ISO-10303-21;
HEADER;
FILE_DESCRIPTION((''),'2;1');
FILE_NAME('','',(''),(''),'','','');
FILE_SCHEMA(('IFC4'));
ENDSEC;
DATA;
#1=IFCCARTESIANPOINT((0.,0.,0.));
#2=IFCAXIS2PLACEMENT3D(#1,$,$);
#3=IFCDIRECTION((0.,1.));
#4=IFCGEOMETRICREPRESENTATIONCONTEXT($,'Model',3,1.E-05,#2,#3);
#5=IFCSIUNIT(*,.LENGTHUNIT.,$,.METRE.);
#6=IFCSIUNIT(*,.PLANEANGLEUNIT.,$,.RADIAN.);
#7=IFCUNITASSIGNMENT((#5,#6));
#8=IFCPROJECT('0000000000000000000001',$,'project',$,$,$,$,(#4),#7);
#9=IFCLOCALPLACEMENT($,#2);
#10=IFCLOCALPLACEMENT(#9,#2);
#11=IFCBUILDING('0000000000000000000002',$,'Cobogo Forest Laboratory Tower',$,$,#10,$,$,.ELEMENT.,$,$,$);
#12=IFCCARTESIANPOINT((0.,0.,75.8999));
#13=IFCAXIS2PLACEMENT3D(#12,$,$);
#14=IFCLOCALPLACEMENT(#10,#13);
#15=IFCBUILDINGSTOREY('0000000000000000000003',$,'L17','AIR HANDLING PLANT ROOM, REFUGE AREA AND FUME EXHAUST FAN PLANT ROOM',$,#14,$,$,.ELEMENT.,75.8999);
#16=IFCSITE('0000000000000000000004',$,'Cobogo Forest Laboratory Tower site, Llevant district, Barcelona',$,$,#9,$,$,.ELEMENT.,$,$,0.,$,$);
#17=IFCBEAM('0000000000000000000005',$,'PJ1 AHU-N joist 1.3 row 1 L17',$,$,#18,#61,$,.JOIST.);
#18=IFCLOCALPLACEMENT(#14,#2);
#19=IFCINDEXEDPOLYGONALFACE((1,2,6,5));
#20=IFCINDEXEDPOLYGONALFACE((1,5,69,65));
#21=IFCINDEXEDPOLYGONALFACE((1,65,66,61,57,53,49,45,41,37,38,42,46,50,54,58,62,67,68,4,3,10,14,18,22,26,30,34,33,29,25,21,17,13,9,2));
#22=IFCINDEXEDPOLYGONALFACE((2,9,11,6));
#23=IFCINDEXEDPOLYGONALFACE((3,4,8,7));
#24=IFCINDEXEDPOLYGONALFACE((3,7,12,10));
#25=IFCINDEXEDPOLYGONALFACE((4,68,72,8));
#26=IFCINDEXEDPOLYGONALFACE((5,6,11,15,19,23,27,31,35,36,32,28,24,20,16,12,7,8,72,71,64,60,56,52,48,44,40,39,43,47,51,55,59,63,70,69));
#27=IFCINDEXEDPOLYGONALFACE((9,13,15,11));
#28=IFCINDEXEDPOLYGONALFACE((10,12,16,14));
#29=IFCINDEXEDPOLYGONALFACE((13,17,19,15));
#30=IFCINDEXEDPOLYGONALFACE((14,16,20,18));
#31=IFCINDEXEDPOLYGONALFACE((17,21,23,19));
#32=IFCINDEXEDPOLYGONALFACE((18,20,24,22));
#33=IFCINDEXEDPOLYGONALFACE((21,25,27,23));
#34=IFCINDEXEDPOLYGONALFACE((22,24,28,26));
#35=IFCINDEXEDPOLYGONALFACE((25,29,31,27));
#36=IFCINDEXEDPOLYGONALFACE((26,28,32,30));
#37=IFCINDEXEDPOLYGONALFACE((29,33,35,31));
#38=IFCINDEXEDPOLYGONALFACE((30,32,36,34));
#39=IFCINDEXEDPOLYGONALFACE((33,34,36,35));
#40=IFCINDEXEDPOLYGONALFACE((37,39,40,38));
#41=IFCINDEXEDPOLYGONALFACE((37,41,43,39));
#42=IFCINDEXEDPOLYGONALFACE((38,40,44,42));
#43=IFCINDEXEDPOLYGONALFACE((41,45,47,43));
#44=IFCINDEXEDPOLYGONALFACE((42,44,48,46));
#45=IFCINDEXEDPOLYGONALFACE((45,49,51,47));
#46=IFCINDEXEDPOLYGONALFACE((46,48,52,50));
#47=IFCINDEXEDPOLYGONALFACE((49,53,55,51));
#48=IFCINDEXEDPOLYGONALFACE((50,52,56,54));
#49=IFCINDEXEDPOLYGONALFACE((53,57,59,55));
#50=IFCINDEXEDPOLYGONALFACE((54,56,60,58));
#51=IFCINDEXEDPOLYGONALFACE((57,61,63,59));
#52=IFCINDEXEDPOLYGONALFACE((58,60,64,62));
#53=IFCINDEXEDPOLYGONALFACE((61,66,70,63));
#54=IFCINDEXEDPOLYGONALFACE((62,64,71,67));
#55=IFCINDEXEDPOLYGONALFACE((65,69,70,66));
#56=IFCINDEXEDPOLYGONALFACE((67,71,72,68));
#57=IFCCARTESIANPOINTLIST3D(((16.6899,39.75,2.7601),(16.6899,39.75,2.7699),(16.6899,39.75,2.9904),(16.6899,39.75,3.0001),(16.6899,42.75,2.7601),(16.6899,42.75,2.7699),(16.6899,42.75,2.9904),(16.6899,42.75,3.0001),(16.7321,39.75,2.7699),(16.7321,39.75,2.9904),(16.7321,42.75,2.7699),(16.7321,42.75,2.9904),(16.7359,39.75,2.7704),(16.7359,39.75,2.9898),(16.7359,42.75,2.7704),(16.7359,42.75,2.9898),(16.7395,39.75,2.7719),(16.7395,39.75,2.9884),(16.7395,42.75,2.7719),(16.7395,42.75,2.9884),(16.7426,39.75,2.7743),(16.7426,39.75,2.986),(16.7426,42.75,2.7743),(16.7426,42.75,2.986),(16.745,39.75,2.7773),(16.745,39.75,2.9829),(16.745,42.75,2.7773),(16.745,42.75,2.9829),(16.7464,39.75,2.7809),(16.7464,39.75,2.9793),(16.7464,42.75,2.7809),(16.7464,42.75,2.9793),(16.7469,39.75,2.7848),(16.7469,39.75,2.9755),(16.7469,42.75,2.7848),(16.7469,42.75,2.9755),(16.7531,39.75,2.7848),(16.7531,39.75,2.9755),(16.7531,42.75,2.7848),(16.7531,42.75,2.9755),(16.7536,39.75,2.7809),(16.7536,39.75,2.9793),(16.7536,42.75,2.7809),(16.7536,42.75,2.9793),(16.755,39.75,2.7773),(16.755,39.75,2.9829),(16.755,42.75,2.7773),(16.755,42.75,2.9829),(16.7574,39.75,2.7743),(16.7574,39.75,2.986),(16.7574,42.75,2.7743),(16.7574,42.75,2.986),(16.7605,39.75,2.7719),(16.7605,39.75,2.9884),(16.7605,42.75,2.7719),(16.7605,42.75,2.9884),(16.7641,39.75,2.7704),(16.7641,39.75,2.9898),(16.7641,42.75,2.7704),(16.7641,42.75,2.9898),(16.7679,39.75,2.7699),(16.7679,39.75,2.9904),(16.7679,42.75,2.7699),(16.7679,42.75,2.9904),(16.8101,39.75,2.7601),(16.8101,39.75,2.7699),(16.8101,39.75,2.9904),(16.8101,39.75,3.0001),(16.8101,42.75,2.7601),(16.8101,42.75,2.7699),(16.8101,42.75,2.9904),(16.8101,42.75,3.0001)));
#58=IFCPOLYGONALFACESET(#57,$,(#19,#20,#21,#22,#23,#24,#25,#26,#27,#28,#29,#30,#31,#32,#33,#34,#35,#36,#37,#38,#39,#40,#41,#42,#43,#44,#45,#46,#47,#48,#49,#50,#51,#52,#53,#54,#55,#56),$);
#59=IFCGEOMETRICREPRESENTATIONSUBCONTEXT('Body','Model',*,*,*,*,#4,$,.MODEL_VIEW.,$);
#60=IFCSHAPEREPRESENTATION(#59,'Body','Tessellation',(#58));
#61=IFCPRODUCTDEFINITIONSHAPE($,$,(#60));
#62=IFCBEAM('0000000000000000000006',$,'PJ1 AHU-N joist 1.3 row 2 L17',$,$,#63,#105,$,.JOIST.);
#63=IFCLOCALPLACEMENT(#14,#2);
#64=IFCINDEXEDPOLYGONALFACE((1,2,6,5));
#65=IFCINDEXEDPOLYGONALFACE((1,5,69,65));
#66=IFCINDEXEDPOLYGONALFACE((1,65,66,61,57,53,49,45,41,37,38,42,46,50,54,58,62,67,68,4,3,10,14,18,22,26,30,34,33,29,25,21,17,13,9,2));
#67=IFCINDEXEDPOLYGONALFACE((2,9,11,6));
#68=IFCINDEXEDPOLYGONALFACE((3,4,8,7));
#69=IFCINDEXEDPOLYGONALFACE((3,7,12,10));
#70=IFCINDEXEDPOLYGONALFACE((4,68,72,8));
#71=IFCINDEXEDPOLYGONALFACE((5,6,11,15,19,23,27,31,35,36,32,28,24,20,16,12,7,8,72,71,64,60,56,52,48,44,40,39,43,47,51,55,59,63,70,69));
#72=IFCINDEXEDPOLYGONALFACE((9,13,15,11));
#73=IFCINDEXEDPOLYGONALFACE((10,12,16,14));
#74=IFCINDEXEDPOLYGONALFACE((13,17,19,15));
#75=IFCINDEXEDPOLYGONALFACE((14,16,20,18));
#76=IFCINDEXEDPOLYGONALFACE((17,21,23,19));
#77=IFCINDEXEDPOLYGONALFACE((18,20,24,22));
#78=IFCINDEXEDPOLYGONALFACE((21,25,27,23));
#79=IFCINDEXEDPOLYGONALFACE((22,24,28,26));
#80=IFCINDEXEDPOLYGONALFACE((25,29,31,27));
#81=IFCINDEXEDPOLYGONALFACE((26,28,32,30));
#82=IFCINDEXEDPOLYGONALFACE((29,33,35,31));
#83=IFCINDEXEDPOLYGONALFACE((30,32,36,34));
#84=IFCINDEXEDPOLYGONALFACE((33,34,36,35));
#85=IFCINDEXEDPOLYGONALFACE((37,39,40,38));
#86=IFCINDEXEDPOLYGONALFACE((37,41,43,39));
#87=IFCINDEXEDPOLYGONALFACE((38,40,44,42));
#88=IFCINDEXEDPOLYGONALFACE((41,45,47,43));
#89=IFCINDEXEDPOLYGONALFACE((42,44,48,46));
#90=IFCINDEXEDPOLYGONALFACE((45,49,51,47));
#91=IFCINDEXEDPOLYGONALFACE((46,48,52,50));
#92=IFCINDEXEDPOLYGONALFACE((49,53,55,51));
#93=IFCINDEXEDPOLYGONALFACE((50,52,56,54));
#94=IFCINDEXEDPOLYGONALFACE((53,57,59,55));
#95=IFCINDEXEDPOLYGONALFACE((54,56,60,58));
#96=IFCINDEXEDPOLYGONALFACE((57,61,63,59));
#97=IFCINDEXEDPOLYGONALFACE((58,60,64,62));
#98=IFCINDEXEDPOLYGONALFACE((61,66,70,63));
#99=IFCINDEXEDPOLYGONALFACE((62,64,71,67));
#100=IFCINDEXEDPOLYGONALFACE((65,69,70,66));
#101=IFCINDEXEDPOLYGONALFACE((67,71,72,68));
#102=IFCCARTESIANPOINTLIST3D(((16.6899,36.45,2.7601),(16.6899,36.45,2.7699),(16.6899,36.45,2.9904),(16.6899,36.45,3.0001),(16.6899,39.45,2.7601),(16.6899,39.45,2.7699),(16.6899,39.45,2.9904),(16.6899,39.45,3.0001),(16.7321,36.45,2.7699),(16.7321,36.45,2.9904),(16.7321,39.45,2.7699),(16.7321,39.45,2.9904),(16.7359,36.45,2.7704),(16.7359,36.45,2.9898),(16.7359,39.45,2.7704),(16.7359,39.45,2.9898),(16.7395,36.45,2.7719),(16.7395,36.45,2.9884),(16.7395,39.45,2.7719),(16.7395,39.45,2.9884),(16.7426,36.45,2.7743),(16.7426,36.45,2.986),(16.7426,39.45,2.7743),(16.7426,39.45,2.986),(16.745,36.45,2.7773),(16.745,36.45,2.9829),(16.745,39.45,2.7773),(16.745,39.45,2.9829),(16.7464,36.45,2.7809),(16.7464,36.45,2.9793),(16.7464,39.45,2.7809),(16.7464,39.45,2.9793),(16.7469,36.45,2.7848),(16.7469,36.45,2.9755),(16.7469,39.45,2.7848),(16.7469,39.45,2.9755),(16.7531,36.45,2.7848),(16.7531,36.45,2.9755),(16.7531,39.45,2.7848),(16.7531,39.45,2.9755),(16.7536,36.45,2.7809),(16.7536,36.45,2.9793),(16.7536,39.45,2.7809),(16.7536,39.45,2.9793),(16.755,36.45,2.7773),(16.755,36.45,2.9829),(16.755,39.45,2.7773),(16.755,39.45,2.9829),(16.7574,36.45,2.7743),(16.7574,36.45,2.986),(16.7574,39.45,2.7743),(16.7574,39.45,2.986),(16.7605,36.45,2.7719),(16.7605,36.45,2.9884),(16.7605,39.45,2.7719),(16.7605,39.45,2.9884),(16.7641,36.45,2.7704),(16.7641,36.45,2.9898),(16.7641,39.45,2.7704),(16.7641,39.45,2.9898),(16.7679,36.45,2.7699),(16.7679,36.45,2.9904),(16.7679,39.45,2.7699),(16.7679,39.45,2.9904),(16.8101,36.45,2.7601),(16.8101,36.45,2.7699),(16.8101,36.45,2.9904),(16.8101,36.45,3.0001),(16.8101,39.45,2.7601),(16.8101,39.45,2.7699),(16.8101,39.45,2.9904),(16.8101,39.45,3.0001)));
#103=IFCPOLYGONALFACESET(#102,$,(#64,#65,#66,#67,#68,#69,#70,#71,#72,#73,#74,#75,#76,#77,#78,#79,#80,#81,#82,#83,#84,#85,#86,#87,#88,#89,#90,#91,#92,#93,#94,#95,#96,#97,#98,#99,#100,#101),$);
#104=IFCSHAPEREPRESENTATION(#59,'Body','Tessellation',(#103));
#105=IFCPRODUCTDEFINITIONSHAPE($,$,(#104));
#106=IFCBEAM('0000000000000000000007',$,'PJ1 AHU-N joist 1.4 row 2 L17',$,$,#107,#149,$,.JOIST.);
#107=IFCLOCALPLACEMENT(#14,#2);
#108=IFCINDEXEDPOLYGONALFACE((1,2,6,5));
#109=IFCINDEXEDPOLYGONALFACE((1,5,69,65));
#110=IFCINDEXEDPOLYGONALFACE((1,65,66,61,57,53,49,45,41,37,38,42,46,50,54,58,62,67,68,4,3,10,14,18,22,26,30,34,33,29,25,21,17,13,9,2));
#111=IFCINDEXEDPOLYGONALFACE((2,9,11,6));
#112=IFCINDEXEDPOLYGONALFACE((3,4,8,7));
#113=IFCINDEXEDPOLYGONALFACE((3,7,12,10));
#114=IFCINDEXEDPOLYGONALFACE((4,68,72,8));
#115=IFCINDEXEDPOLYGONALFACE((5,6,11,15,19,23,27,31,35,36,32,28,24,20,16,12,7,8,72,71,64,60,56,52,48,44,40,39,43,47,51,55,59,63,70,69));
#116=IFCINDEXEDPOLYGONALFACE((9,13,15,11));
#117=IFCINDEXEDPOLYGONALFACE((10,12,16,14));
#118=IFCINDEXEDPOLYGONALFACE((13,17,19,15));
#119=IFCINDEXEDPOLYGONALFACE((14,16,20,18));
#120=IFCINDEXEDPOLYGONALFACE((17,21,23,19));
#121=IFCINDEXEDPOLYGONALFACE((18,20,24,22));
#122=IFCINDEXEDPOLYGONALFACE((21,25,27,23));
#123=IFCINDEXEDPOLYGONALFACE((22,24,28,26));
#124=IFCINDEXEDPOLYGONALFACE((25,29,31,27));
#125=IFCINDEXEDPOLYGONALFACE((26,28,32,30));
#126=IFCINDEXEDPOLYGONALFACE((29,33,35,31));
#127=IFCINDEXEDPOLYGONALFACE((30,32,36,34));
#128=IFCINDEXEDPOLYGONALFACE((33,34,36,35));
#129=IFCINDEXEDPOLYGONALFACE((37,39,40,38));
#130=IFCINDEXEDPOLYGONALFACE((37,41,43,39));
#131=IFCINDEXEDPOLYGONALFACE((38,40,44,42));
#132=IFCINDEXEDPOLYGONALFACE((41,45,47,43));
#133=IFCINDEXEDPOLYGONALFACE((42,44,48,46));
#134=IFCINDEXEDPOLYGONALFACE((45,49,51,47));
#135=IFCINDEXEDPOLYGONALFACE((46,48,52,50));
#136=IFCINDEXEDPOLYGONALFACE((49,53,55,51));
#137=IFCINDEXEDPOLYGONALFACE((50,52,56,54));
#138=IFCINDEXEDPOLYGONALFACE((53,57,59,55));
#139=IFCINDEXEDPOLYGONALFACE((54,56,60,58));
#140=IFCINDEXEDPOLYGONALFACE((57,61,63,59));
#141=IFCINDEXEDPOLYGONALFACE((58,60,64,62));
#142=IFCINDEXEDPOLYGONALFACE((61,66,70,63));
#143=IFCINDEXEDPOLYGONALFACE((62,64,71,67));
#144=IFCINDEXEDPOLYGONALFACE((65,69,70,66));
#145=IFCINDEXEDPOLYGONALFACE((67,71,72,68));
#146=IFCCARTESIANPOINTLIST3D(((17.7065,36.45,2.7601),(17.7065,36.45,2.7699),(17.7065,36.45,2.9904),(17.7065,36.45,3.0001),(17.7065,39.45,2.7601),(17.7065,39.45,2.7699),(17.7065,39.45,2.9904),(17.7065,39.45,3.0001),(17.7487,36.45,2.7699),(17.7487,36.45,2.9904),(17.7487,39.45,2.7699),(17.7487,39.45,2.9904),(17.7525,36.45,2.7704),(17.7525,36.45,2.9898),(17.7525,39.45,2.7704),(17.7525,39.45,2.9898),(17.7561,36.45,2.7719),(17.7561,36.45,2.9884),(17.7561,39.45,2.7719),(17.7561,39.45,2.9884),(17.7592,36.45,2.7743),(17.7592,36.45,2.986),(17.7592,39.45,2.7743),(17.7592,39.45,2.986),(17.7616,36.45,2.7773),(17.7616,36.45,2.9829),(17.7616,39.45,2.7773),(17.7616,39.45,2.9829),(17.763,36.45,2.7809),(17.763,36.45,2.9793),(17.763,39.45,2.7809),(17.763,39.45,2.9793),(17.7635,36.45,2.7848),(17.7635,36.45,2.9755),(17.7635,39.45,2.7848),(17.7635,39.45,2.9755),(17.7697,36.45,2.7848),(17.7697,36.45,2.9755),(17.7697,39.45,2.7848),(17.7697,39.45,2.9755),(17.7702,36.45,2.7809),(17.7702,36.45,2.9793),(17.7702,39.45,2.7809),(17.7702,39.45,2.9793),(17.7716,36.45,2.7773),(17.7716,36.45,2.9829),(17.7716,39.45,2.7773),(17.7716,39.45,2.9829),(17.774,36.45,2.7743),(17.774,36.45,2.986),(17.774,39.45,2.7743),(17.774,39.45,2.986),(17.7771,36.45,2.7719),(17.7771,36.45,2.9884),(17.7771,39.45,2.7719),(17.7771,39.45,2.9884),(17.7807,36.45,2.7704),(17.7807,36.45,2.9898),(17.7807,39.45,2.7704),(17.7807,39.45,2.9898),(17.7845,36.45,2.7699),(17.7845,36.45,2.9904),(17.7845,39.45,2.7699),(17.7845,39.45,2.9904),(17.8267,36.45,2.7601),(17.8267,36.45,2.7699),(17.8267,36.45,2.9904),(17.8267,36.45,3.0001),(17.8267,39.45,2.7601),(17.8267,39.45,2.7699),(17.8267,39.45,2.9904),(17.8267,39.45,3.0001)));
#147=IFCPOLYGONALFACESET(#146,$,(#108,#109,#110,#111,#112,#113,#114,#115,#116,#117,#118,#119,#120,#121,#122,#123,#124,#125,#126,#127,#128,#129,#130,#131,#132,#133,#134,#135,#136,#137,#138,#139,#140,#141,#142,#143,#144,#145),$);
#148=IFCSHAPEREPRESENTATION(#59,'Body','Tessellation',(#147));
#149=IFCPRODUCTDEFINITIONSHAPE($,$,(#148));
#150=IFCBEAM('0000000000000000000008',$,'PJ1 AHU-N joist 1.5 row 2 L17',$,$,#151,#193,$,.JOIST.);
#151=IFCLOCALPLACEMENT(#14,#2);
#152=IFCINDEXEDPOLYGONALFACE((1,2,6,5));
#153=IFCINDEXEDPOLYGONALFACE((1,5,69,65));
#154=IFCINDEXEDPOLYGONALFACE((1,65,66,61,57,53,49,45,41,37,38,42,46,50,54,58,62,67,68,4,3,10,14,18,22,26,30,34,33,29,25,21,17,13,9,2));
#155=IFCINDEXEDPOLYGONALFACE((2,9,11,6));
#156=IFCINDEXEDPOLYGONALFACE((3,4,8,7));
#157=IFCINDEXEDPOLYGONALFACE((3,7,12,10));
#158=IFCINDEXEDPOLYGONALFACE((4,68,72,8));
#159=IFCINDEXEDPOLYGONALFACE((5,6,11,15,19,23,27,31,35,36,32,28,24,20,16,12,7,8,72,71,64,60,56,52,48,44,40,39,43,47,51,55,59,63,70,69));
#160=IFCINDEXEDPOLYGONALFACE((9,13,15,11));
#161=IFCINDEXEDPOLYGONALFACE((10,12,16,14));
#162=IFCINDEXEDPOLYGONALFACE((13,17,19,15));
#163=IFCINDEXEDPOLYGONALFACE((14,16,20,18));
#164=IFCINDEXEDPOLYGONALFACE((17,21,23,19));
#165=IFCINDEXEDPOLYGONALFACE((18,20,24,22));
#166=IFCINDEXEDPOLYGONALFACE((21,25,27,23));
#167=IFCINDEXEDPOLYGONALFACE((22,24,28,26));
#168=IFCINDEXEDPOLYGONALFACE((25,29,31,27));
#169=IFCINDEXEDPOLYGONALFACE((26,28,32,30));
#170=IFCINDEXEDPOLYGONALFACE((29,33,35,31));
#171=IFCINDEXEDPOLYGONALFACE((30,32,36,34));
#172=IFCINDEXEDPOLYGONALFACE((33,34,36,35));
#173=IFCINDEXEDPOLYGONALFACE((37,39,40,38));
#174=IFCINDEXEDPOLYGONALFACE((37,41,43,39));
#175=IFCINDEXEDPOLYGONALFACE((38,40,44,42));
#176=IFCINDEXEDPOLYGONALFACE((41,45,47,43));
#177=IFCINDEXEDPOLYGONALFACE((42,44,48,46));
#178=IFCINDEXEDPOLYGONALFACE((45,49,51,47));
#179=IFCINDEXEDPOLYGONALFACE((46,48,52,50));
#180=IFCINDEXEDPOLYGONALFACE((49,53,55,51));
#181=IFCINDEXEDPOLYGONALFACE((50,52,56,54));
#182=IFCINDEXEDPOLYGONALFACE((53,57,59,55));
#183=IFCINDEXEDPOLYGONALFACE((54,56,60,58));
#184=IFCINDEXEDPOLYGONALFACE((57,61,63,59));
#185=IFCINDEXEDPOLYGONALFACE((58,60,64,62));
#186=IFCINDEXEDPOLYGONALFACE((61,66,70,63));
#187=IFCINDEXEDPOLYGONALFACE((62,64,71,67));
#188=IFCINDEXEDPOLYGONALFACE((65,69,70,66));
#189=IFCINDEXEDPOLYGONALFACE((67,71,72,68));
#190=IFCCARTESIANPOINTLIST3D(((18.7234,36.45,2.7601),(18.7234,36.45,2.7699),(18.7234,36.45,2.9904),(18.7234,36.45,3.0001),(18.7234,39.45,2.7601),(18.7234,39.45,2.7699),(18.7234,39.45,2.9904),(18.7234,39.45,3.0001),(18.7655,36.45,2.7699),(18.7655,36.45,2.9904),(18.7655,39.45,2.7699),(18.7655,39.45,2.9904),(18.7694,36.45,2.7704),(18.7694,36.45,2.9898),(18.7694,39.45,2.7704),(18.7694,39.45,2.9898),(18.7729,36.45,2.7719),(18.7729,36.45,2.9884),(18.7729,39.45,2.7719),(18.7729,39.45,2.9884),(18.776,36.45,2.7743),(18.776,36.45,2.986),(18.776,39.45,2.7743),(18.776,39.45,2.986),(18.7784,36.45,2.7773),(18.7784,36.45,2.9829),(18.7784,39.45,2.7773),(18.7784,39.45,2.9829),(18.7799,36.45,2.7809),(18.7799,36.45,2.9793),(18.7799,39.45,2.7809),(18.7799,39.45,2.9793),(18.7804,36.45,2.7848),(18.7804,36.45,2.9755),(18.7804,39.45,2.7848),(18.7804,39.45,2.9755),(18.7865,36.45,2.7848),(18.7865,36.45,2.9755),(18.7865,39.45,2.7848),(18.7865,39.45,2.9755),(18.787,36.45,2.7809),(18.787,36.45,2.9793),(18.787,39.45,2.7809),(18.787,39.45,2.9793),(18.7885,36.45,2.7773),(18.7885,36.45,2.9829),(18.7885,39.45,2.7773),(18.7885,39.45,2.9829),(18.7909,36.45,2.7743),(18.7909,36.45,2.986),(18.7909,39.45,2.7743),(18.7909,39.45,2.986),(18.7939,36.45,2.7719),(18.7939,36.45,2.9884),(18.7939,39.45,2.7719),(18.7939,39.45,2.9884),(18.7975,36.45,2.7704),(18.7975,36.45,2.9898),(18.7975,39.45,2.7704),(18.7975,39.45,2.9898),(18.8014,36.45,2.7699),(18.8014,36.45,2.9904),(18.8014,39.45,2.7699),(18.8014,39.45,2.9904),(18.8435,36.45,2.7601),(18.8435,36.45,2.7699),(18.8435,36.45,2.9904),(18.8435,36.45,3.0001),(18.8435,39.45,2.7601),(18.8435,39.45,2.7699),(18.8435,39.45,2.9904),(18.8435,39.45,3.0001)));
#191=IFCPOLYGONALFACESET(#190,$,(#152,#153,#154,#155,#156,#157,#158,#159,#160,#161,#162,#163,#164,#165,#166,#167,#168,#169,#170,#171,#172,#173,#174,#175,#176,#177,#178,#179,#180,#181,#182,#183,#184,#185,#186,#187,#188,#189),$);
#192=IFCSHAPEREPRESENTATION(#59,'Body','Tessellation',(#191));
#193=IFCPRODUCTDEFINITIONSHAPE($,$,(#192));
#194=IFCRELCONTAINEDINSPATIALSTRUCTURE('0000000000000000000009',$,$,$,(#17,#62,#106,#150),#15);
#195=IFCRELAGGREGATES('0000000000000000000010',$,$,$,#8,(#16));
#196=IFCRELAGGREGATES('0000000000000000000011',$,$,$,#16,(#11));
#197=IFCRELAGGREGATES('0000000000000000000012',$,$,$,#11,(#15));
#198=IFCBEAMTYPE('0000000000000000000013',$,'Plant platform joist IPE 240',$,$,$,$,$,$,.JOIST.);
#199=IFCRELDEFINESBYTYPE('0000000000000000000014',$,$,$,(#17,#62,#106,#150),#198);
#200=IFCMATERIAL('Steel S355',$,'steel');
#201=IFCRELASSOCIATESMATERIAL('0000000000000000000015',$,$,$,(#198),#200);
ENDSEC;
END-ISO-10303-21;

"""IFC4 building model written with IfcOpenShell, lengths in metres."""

from ifc_helpers import new_model, si_unit, direction, frame, origin, origin_2d, place, context, subcontext, project, spatial, i_section, extrude, material, material_profile, profile_set, type_object, element, save


model = new_model("IFC4")

# Units and contexts
model_context = context("Model", 3, precision=1e-05, world=origin(), true_north=direction((0.0, 1.0)))
body_context = subcontext(model_context, "Body", "Model", "MODEL_VIEW")
ifc_project = project(units=[si_unit("LENGTHUNIT", "METRE"), si_unit("PLANEANGLEUNIT", "RADIAN")], contexts=[model_context])

# Site, building, storey
site_placement = place(None, origin())
site = spatial("IfcSite", under=ifc_project, at=site_placement, Name="Cobogo Forest Laboratory Tower site, Llevant district, Barcelona", CompositionType="ELEMENT", RefElevation=0.0)
building_placement = place(site_placement, origin())
building = spatial("IfcBuilding", under=site, at=building_placement, Name="Cobogo Forest Laboratory Tower", CompositionType="ELEMENT")
storey_placement = place(building_placement, frame((0.0, 0.0, 75.8999)))
storey = spatial("IfcBuildingStorey", under=building, at=storey_placement, Name="L17", Description="AIR HANDLING PLANT ROOM, REFUGE AREA AND FUME EXHAUST FAN PLANT ROOM", CompositionType="ELEMENT", Elevation=75.8999)

# Beams
ifc_material_1 = material(Name="Steel S355", Category="steel")
ifc_material_profile_1 = material_profile(ifc_material_1, i_section(OverallWidth=0.1201, OverallDepth=0.24, WebThickness=0.0061, FlangeThickness=0.0098, FilletRadius=0.0149, at=origin_2d()), Name="IPE 240")
ifc_profile_set_1 = profile_set([ifc_material_profile_1], Name="Steel S355")
beam_type_1 = type_object("IfcBeamType", Name="Plant platform joist IPE 240", PredefinedType="JOIST", material=ifc_profile_set_1)
for number, where, z_axis, x_axis, name in (
    (1, (16.75, 42.75, 2.8801), (0.0, -1.0, 0.0), (1.0, 0.0, 0.0), "PJ1 AHU-N joist 1.3 row 1 L17"),
    (2, (16.75, 39.45, 2.8801), (0.0, -1.0, 0.0), (1.0, 0.0, 0.0), "PJ1 AHU-N joist 1.3 row 2 L17"),
    (3, (17.7666, 39.45, 2.8801), (0.0, -1.0, 0.0), (1.0, 0.0, 0.0), "PJ1 AHU-N joist 1.4 row 2 L17"),
    (4, (18.7834, 39.45, 2.8801), (0.0, -1.0, 0.0), (1.0, 0.0, 0.0), "PJ1 AHU-N joist 1.5 row 2 L17"),
):
    element("IfcBeam", number, at=place(storey_placement, frame(where, z_axis=z_axis, x_axis=x_axis)), inside=storey, type_object=beam_type_1, Name=name, PredefinedType="JOIST", context=body_context, shape_type="SweptSolid", body=[
        extrude(i_section(OverallWidth=0.1201, OverallDepth=0.24, WebThickness=0.0061, FlangeThickness=0.0098, FilletRadius=0.0149, at=origin_2d()), origin(), (0.0, 0.0, 1.0), 3.0),
    ])

save(model, "model.ifc")
